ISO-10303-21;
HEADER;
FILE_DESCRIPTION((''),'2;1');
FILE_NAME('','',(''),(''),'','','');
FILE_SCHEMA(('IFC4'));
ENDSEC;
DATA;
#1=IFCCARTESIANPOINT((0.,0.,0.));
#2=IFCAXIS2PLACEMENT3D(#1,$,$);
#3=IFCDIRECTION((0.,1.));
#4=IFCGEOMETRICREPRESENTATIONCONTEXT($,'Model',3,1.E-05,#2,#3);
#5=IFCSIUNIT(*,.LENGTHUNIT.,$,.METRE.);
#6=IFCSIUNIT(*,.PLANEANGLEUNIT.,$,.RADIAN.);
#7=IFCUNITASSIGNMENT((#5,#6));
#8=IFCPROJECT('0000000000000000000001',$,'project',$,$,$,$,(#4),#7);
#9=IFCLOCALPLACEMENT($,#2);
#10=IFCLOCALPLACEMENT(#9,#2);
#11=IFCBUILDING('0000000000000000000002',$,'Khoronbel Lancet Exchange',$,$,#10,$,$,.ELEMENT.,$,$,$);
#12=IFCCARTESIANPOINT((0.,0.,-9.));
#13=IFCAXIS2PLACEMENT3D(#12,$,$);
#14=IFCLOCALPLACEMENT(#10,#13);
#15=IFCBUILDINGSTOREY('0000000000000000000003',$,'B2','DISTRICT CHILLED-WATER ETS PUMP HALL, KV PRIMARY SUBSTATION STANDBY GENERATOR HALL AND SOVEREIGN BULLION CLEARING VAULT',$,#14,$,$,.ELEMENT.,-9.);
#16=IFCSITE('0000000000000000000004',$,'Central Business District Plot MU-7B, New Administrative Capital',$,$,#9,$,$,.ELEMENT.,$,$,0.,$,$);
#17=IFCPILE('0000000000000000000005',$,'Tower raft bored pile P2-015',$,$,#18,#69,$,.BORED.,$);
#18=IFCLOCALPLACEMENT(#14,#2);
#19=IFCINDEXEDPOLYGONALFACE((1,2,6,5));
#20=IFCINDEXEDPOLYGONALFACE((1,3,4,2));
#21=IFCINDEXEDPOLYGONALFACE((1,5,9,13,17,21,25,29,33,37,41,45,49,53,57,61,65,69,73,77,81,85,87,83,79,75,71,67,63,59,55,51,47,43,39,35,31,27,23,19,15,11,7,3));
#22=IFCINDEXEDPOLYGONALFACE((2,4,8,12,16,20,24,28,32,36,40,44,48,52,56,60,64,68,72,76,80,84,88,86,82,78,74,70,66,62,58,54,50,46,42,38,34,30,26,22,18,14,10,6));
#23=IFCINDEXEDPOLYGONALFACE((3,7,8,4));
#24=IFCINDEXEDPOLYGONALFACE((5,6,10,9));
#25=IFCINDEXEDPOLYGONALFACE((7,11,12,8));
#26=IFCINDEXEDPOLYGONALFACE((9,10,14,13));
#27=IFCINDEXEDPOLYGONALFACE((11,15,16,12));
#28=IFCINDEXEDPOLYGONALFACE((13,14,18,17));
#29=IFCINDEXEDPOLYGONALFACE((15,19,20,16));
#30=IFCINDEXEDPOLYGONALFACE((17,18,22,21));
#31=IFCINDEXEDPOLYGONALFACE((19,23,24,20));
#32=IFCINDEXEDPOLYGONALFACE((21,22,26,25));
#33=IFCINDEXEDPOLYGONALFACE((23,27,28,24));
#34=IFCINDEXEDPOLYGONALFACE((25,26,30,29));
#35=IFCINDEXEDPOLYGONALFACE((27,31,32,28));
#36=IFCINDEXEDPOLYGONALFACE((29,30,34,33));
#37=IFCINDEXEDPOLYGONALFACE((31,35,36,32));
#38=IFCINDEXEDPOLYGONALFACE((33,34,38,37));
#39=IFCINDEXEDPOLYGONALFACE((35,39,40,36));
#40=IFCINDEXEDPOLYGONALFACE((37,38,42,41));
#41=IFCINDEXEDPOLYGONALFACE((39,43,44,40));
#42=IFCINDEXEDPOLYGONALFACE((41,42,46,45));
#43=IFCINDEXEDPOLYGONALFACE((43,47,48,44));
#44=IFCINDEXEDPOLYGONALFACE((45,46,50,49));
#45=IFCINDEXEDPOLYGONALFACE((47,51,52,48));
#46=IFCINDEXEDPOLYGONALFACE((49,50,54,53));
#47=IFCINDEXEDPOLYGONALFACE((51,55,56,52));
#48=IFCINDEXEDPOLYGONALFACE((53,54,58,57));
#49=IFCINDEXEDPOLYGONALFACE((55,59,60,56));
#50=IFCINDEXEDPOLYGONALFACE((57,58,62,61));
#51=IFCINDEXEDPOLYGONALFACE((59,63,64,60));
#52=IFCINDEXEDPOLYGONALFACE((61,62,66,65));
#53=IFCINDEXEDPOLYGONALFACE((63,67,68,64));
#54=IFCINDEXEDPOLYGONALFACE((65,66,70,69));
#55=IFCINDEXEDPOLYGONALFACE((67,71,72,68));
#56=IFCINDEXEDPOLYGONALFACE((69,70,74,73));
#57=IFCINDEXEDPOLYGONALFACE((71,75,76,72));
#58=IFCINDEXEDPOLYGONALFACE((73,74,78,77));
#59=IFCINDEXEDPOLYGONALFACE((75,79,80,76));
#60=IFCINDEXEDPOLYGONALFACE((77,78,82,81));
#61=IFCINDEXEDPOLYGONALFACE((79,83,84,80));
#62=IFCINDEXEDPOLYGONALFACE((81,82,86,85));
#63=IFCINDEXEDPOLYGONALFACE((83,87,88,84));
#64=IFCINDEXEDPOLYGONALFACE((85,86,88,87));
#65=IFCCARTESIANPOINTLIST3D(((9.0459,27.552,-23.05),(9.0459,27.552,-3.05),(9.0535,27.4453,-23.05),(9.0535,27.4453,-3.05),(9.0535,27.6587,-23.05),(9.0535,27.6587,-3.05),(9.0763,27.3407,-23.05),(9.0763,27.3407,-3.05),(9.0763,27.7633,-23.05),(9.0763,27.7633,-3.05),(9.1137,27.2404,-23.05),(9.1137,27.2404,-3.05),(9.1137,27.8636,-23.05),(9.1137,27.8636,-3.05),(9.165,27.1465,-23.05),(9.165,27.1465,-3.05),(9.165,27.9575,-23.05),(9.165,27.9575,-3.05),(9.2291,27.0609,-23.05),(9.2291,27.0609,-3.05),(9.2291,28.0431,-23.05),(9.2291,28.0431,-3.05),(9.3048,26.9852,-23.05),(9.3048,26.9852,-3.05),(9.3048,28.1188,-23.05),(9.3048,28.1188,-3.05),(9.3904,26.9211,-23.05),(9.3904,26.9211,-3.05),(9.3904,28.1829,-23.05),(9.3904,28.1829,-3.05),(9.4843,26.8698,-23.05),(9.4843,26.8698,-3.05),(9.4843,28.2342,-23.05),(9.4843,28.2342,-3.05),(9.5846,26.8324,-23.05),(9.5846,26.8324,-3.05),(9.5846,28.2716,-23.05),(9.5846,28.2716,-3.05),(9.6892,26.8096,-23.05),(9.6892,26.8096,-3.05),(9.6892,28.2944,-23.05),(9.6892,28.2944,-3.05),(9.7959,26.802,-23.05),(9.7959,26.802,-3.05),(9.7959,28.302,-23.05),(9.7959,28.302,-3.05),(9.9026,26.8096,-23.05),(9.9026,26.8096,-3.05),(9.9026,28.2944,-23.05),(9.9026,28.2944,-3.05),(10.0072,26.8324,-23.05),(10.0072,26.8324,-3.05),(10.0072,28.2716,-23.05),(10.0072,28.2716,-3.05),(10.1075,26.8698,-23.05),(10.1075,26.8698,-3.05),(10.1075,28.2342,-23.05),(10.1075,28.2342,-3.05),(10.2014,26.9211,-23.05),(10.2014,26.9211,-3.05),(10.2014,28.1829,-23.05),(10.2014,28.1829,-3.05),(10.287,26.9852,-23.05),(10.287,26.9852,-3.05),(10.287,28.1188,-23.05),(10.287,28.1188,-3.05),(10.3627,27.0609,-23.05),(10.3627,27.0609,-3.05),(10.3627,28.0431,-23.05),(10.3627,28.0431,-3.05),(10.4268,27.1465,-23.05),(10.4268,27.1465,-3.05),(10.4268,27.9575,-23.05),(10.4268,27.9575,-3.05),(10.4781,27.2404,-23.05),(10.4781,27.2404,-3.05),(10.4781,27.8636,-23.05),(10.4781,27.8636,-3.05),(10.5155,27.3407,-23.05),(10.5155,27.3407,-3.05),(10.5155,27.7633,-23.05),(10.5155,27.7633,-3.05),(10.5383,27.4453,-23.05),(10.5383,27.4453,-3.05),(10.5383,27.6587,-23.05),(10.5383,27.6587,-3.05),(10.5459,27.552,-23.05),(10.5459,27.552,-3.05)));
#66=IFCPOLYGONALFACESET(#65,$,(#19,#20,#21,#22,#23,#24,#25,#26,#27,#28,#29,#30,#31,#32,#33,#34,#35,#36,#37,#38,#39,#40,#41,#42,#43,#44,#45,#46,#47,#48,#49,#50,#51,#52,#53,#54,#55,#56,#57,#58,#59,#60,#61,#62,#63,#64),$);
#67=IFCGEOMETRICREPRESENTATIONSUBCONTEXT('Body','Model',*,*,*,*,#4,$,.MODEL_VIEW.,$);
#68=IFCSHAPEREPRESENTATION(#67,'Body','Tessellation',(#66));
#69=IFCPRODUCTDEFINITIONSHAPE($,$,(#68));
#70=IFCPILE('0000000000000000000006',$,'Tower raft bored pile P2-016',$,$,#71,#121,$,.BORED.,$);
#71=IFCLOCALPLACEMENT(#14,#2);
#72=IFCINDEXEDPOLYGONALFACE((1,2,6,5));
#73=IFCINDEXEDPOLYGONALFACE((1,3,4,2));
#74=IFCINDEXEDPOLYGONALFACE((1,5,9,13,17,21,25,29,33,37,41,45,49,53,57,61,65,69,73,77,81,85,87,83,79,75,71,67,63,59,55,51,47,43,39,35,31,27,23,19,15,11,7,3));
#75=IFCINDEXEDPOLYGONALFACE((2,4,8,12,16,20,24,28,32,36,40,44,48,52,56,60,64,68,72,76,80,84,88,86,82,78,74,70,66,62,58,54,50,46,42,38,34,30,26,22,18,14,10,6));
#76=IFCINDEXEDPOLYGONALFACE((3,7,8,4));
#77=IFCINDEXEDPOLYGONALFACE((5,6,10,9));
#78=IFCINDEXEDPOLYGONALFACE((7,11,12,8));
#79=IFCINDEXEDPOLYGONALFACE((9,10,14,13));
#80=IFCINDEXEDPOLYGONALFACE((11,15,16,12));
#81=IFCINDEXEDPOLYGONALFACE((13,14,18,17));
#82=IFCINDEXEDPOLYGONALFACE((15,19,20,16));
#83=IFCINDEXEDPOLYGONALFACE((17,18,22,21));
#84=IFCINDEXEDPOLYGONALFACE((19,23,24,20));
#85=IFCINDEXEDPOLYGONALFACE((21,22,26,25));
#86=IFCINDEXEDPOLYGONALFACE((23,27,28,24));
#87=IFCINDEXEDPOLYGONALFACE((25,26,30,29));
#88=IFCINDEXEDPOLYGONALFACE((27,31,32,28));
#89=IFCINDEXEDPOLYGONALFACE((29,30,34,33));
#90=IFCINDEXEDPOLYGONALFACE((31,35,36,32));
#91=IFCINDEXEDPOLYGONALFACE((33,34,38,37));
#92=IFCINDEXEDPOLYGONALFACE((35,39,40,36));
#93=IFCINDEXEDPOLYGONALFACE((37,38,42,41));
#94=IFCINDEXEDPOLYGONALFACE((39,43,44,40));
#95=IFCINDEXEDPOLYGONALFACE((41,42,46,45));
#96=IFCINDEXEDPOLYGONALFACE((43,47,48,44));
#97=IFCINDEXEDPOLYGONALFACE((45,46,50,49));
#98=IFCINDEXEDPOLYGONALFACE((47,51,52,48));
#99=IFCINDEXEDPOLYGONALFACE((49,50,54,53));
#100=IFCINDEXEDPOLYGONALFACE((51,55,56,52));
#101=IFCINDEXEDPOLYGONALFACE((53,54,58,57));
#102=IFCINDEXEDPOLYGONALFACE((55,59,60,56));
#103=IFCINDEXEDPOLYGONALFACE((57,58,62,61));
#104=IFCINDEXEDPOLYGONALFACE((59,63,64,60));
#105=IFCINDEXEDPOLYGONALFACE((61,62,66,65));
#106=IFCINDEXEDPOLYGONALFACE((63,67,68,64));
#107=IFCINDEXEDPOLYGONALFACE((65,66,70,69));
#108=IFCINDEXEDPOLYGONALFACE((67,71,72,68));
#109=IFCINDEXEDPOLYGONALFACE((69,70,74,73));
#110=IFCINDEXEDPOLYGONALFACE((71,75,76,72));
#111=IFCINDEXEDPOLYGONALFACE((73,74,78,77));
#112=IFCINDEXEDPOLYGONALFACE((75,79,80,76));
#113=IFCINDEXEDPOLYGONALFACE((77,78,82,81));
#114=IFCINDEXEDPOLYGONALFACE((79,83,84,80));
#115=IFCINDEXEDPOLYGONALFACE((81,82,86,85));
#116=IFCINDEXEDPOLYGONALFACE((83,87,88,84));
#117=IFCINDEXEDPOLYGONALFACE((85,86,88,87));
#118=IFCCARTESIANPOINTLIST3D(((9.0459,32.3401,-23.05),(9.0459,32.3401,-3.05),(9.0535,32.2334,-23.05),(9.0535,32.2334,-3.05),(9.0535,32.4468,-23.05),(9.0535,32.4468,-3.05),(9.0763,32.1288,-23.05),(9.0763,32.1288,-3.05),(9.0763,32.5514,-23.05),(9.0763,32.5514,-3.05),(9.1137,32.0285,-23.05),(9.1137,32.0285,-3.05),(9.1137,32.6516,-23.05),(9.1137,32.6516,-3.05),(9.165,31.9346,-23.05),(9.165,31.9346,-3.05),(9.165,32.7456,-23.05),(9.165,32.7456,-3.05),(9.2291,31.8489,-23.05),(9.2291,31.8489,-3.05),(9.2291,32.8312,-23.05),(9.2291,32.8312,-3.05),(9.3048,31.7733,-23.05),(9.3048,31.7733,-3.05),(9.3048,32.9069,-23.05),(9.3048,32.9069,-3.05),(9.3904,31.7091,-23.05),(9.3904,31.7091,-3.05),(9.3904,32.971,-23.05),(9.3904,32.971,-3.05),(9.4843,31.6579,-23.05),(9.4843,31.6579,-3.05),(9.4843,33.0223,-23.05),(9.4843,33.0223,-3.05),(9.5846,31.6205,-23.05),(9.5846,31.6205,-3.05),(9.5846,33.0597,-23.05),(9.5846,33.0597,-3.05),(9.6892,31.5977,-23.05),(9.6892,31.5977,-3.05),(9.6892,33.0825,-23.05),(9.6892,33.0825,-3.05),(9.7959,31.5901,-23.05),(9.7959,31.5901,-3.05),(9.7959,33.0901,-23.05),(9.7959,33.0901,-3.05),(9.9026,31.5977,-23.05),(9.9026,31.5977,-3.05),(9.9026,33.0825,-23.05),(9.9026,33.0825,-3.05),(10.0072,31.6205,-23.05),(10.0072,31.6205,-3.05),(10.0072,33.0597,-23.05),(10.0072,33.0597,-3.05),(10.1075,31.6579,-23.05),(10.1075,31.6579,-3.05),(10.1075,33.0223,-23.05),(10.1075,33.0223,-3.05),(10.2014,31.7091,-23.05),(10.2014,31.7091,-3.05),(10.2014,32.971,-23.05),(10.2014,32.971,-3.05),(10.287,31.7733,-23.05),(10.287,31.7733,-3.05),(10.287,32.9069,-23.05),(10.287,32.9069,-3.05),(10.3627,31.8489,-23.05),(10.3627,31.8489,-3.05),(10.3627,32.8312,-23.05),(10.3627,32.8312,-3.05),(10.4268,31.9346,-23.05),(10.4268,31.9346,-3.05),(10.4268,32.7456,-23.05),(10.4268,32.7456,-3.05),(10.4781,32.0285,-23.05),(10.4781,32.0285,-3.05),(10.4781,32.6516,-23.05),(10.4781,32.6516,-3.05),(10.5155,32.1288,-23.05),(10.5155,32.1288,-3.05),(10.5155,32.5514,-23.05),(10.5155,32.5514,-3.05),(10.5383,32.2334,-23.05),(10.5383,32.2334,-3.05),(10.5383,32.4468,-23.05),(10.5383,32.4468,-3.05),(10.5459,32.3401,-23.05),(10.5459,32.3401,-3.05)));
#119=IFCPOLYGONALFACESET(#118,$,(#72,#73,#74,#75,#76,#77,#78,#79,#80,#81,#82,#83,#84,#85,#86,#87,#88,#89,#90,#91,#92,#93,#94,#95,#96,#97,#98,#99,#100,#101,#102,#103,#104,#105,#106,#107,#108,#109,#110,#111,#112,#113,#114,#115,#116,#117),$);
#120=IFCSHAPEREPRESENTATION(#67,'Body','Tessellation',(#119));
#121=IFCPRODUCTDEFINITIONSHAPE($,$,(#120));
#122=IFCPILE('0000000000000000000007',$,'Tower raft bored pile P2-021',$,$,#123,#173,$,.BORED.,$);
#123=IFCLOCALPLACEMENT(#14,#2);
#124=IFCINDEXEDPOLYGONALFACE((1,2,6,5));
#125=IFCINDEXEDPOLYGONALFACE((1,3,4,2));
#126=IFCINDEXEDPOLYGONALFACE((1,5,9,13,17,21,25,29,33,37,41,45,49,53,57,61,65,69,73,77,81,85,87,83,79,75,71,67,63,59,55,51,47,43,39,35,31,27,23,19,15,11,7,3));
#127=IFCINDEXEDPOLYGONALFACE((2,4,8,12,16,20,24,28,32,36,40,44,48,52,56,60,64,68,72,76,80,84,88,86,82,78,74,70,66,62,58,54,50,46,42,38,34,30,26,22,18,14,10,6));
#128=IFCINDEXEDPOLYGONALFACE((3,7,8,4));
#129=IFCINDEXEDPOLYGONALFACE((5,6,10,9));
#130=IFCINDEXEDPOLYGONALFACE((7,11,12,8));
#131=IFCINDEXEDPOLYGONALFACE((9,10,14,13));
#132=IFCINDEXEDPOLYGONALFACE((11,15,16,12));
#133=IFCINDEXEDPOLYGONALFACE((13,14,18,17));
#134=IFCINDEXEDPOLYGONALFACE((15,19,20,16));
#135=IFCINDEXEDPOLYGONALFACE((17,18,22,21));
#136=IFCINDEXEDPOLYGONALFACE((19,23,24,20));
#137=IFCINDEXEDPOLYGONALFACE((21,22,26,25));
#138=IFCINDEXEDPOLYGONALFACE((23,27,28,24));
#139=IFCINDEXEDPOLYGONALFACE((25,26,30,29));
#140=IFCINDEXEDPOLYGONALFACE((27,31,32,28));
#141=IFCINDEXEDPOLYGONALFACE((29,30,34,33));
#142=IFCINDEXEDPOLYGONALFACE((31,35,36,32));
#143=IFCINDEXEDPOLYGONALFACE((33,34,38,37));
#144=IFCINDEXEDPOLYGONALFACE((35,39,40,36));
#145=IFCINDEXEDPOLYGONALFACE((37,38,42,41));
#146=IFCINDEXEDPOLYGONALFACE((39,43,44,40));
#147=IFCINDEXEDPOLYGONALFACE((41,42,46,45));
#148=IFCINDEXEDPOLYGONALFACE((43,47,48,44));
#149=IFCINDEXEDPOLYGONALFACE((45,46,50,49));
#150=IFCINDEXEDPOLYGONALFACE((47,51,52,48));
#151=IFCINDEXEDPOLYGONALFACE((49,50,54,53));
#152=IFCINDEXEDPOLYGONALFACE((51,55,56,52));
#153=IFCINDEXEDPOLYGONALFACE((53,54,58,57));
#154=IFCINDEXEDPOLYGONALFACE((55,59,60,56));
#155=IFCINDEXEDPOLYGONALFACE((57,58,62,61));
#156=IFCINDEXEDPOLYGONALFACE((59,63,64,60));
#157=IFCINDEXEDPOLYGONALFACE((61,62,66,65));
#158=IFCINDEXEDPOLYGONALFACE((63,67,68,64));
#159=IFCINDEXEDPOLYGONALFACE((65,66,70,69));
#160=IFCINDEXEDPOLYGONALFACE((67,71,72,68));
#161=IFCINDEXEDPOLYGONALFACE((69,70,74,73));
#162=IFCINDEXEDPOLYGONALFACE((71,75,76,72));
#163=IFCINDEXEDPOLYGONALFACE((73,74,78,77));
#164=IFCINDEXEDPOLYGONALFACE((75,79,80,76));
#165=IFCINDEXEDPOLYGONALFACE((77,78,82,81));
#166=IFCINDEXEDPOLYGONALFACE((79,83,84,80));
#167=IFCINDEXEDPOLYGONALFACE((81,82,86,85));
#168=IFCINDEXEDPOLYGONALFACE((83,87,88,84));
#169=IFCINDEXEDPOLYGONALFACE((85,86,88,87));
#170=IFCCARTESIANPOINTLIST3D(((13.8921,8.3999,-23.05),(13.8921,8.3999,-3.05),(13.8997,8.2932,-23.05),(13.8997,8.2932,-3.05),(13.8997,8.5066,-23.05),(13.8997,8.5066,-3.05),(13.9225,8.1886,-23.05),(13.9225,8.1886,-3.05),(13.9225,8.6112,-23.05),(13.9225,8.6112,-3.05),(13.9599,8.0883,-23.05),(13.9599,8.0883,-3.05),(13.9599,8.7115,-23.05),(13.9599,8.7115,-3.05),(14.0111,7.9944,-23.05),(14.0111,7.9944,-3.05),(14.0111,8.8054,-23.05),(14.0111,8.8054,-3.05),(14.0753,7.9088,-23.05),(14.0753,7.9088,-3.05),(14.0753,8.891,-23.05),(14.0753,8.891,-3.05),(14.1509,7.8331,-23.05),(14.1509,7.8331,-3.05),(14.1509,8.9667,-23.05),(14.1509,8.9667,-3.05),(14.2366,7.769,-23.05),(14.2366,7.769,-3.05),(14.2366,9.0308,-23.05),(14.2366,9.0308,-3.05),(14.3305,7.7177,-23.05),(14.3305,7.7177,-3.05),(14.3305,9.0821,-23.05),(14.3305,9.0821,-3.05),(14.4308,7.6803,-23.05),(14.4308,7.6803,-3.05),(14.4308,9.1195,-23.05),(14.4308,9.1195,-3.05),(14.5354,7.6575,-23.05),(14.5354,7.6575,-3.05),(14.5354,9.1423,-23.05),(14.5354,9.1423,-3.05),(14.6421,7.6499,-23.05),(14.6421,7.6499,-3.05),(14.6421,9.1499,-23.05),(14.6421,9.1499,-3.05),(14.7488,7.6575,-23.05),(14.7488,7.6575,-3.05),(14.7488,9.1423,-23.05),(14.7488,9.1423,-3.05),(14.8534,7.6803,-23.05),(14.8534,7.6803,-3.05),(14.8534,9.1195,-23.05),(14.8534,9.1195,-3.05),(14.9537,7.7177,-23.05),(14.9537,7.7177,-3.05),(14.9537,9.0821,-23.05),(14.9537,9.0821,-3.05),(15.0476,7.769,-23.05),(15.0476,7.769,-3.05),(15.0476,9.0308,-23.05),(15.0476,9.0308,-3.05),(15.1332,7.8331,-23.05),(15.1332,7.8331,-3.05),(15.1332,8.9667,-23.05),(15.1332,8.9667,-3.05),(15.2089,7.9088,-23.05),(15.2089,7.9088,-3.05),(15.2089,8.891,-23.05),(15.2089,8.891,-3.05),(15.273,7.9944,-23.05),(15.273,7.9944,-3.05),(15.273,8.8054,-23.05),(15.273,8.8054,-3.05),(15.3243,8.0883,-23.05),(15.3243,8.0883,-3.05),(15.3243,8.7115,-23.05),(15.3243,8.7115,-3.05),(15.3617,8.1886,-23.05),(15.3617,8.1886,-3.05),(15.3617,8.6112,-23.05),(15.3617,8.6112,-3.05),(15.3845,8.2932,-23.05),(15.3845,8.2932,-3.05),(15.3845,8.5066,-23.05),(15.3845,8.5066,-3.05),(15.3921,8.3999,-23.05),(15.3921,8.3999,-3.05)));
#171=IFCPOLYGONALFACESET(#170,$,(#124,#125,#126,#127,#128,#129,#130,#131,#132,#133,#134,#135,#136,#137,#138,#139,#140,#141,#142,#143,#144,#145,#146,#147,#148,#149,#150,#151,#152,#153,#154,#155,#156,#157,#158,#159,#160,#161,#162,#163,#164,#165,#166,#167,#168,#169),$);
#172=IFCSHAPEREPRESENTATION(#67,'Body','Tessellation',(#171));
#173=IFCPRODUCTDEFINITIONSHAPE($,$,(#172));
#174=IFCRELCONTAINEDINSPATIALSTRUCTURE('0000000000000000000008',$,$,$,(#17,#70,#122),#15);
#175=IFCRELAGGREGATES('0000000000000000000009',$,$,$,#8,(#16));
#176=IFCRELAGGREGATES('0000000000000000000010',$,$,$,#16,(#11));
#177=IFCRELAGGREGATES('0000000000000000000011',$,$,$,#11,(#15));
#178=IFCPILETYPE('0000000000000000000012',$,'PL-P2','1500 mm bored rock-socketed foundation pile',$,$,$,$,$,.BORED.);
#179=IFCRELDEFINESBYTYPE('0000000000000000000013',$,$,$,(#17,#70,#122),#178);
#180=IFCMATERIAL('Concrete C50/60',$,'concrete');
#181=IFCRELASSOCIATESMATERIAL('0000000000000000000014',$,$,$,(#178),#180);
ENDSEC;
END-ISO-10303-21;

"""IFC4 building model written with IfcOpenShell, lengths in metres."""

from ifc_helpers import new_model, si_unit, direction, frame, origin, origin_2d, place, context, subcontext, project, spatial, circle, extrude, material, material_profile, profile_set, type_object, element, save


model = new_model("IFC4")

# Units and contexts
model_context = context("Model", 3, precision=1e-05, world=origin(), true_north=direction((0.0, 1.0)))
body_context = subcontext(model_context, "Body", "Model", "MODEL_VIEW")
ifc_project = project(units=[si_unit("LENGTHUNIT", "METRE"), si_unit("PLANEANGLEUNIT", "RADIAN")], contexts=[model_context])

# Site, building, storey
site_placement = place(None, origin())
site = spatial("IfcSite", under=ifc_project, at=site_placement, Name="Central Business District Plot MU-7B, New Administrative Capital", CompositionType="ELEMENT", RefElevation=0.0)
building_placement = place(site_placement, origin())
building = spatial("IfcBuilding", under=site, at=building_placement, Name="Khoronbel Lancet Exchange", CompositionType="ELEMENT")
storey_placement = place(building_placement, frame((0.0, 0.0, -9.0)))
storey = spatial("IfcBuildingStorey", under=building, at=storey_placement, Name="B2", Description="DISTRICT CHILLED-WATER ETS PUMP HALL, KV PRIMARY SUBSTATION STANDBY GENERATOR HALL AND SOVEREIGN BULLION CLEARING VAULT", CompositionType="ELEMENT", Elevation=-9.0)

# Piles
ifc_material_1 = material(Name="Concrete C50/60", Category="concrete")
ifc_material_profile_1 = material_profile(ifc_material_1, circle(Radius=0.75, at=origin_2d()), Name="BORED PILE D1500")
ifc_profile_set_1 = profile_set([ifc_material_profile_1], Name="Concrete C50/60")
pile_type = type_object("IfcPileType", Name="PL-P2", Description="1500 mm bored rock-socketed foundation pile", PredefinedType="BORED", material=ifc_profile_set_1)
for number, where, z_axis, x_axis, name in (
    (1, (9.7959, 27.552, -3.05), (0.0, 0.0, -1.0), (1.0, 0.0, 0.0), "Tower raft bored pile P2-015"),
    (2, (9.7959, 32.3401, -3.05), (0.0, 0.0, -1.0), (1.0, 0.0, 0.0), "Tower raft bored pile P2-016"),
    (3, (14.6421, 8.3999, -3.05), (0.0, 0.0, -1.0), (1.0, 0.0, 0.0), "Tower raft bored pile P2-021"),
):
    element("IfcPile", number, at=place(storey_placement, frame(where, z_axis=z_axis, x_axis=x_axis)), inside=storey, type_object=pile_type, Name=name, PredefinedType="BORED", context=body_context, shape_type="SweptSolid", body=[
        extrude(circle(Radius=0.75, at=origin_2d()), origin(), (0.0, 0.0, 1.0), 20.0),
    ])

save(model, "model.ifc")
